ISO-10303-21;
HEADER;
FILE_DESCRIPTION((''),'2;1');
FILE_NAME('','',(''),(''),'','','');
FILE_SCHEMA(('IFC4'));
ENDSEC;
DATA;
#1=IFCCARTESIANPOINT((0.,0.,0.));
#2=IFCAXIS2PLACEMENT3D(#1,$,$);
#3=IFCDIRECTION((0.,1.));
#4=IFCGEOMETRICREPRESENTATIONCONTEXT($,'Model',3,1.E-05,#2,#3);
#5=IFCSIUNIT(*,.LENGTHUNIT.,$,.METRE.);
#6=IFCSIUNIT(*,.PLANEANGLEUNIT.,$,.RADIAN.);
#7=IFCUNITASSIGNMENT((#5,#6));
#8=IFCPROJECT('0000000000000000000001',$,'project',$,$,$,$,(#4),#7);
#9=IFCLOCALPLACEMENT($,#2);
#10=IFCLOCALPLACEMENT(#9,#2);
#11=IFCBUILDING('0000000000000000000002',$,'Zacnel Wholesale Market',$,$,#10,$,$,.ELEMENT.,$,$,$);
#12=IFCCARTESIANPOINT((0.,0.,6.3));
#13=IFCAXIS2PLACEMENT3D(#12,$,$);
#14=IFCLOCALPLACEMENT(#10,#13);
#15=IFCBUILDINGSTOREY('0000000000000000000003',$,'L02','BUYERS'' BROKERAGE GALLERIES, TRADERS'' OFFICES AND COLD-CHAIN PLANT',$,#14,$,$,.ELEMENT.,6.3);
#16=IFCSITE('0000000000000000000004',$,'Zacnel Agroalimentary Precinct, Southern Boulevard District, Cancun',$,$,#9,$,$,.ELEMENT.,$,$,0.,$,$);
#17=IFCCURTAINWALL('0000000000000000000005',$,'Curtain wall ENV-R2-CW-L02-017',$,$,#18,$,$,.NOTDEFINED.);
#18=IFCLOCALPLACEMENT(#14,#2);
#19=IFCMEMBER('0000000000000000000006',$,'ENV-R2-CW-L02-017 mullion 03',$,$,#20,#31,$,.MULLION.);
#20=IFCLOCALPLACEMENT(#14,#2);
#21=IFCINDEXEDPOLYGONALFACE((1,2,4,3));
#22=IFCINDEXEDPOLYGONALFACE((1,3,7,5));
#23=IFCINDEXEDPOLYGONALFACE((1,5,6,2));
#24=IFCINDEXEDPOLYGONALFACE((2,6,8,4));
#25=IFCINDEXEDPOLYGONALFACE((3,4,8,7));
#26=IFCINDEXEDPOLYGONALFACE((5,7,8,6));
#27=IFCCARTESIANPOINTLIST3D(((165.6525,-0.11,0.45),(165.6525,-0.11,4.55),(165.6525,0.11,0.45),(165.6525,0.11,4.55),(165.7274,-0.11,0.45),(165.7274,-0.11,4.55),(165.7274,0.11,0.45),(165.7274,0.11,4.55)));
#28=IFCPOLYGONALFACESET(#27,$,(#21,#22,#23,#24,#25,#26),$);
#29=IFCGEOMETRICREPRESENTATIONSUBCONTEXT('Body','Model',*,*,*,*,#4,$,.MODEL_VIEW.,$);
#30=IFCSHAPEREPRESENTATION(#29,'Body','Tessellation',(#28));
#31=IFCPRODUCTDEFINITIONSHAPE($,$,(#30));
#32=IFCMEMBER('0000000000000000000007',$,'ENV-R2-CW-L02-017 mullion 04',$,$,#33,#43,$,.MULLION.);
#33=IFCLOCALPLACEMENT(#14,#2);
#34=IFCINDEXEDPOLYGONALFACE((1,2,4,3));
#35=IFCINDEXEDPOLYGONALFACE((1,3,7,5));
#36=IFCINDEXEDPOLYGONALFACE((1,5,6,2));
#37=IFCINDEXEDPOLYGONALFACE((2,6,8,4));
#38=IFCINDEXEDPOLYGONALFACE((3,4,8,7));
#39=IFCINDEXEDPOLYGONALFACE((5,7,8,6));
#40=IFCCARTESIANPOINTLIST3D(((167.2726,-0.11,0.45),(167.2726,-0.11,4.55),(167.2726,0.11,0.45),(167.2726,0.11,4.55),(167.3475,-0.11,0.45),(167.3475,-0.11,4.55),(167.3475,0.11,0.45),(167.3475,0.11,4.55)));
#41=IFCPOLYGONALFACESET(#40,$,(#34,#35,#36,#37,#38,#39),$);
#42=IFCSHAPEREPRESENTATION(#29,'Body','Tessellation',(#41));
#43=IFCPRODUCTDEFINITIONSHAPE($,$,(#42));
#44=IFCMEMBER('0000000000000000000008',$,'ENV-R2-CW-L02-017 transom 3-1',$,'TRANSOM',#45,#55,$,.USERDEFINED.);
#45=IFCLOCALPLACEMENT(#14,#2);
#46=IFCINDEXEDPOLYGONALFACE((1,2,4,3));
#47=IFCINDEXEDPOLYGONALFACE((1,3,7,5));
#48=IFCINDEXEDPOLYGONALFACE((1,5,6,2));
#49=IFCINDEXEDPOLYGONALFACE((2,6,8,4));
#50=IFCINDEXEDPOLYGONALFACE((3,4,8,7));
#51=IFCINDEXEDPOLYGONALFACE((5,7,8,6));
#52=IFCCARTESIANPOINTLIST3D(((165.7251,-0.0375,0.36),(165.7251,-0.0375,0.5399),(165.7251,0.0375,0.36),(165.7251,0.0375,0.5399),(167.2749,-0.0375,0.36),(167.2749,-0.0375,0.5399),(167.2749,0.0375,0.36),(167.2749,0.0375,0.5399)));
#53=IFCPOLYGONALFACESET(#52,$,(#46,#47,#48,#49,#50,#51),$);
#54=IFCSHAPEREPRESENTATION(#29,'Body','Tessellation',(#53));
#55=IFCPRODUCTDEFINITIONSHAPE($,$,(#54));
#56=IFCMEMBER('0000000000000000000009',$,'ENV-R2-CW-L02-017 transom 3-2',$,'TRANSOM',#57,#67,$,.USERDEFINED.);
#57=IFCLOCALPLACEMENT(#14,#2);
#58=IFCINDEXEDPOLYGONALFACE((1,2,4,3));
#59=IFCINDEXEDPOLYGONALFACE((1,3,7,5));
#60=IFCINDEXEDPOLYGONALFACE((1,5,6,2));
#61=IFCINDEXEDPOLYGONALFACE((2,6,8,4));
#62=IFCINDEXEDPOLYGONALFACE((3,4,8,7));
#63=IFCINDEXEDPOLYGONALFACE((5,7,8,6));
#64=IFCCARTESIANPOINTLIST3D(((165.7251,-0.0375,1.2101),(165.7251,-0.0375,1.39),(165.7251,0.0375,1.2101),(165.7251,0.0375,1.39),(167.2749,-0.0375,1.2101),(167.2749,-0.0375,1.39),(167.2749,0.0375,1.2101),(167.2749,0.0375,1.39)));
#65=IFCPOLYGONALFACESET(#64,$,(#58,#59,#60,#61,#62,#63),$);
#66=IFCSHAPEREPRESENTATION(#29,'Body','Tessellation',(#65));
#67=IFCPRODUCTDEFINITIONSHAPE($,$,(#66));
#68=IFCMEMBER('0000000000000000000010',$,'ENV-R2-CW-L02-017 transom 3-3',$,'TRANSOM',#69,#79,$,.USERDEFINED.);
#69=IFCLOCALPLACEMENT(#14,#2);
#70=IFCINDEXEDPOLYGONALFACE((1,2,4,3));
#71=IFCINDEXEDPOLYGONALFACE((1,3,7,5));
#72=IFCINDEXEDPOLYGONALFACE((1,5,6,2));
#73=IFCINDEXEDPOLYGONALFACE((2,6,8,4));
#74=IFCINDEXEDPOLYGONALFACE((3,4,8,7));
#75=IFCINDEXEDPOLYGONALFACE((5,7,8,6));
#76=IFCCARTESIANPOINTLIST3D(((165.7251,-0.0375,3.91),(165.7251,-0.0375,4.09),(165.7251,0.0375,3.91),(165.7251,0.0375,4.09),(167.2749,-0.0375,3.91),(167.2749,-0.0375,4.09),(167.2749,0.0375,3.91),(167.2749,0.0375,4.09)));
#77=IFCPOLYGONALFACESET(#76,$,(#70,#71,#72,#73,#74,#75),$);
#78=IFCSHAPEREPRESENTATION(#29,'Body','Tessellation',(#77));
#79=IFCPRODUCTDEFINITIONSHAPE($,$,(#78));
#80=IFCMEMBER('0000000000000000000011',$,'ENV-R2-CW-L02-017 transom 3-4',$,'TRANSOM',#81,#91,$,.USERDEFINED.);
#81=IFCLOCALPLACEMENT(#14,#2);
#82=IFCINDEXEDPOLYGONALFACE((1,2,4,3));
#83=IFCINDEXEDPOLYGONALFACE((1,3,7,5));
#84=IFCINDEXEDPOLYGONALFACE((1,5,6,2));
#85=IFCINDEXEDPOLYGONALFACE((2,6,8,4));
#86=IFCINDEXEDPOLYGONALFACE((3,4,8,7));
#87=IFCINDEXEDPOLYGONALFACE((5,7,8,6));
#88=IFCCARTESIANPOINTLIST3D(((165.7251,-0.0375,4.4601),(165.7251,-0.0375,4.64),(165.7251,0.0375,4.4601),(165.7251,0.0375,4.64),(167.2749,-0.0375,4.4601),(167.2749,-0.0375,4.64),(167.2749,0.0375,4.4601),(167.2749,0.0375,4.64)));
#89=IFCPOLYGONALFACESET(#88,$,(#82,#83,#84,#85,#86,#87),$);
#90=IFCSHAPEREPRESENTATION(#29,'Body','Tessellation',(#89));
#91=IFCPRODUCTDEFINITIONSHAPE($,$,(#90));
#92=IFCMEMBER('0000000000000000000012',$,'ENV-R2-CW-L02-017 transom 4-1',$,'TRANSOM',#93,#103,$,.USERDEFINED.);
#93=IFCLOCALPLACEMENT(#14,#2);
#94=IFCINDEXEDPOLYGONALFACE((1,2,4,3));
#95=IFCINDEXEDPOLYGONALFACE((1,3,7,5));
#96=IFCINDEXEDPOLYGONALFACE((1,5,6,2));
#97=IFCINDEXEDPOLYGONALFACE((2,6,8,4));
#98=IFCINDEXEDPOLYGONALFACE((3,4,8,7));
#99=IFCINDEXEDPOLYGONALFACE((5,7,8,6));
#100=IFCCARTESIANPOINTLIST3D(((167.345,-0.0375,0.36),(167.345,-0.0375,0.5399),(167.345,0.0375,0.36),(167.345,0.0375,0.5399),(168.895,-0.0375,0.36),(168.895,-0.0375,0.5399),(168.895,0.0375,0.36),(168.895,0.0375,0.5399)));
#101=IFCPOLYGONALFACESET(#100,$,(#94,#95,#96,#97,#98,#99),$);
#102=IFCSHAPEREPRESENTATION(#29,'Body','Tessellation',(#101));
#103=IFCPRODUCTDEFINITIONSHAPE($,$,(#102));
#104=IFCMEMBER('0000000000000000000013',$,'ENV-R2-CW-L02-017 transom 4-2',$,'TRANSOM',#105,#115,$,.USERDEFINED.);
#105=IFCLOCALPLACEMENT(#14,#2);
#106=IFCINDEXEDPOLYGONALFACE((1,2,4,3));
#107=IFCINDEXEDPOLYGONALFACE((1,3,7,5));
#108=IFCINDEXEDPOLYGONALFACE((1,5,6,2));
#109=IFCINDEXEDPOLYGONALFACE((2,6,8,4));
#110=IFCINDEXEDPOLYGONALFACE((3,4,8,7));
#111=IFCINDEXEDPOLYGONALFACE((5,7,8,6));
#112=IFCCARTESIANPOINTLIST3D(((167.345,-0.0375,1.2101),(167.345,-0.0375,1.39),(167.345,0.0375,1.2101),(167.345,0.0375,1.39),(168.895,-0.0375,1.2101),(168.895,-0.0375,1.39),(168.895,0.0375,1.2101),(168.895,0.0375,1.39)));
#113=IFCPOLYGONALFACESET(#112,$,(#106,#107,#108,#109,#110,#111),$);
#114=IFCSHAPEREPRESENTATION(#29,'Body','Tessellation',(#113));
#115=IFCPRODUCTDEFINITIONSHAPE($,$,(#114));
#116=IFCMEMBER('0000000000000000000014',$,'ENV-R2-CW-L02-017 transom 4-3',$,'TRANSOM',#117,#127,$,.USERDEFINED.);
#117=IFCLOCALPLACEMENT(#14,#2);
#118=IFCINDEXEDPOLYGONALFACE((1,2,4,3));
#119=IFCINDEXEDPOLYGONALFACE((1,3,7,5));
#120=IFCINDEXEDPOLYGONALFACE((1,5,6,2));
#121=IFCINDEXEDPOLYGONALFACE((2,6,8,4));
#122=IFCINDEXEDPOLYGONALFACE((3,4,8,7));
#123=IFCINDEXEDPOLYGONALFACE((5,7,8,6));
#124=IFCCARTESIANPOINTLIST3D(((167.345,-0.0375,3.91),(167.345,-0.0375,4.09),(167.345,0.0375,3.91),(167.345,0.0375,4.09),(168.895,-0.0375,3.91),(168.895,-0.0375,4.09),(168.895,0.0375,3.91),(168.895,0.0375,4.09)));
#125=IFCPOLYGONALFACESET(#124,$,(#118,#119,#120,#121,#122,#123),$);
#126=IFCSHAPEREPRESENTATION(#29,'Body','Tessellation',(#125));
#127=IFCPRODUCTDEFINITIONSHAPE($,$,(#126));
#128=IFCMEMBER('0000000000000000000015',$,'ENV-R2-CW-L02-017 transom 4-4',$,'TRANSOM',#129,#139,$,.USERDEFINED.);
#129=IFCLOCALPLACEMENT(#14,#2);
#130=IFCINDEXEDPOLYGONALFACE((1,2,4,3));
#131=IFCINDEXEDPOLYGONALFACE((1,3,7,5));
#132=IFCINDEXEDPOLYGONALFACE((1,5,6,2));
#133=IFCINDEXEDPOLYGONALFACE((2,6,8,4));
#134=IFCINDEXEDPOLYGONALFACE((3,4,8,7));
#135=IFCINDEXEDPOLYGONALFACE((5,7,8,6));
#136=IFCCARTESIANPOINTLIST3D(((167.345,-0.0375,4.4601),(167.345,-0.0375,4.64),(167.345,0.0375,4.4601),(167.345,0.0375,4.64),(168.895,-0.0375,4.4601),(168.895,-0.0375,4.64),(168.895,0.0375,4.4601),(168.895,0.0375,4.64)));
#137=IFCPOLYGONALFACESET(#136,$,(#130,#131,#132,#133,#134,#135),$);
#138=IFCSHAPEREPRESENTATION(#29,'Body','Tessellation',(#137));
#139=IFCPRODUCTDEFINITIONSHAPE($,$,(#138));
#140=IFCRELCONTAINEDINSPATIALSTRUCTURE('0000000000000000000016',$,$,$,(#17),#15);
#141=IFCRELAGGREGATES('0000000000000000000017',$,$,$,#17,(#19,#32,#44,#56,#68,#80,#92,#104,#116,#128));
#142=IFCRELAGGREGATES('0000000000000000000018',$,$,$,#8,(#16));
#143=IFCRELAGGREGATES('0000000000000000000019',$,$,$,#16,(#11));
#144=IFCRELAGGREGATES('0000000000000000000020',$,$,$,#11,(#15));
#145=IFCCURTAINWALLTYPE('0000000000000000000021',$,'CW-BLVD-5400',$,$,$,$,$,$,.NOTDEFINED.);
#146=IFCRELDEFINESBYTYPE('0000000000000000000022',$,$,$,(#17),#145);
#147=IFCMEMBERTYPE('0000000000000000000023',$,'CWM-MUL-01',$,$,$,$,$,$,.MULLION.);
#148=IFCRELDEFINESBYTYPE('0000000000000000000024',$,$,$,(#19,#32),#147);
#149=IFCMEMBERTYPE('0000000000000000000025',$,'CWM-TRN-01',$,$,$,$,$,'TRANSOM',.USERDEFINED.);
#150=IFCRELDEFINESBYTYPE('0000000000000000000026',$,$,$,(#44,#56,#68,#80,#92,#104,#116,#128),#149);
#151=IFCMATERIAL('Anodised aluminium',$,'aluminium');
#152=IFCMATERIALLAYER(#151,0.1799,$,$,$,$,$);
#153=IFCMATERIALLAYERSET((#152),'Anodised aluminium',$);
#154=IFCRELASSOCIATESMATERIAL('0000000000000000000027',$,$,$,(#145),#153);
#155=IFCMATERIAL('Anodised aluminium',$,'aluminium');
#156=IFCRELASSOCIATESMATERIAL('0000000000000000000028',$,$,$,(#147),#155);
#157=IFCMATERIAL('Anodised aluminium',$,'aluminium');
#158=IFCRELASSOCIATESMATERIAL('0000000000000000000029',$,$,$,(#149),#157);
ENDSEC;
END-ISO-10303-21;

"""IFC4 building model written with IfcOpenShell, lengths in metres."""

from ifc_helpers import new_model, si_unit, direction, frame, origin, origin_2d, place, context, subcontext, project, spatial, rectangle, extrude, material, layer, layer_set, material_profile, profile_set, type_object, element, aggregate, save


model = new_model("IFC4")

# Units and contexts
model_context = context("Model", 3, precision=1e-05, world=origin(), true_north=direction((0.0, 1.0)))
body_context = subcontext(model_context, "Body", "Model", "MODEL_VIEW")
ifc_project = project(units=[si_unit("LENGTHUNIT", "METRE"), si_unit("PLANEANGLEUNIT", "RADIAN")], contexts=[model_context])

# Site, building, storey
site_placement = place(None, origin())
site = spatial("IfcSite", under=ifc_project, at=site_placement, Name="Zacnel Agroalimentary Precinct, Southern Boulevard District, Cancun", CompositionType="ELEMENT", RefElevation=0.0)
building_placement = place(site_placement, origin())
building = spatial("IfcBuilding", under=site, at=building_placement, Name="Zacnel Wholesale Market", CompositionType="ELEMENT")
storey_placement = place(building_placement, frame((0.0, 0.0, 6.3)))
storey = spatial("IfcBuildingStorey", under=building, at=storey_placement, Name="L02", Description="BUYERS' BROKERAGE GALLERIES, TRADERS' OFFICES AND COLD-CHAIN PLANT", CompositionType="ELEMENT", Elevation=6.3)

# Curtain wall, members
ifc_material_1 = material(Name="Anodised aluminium", Category="aluminium")
ifc_layer_1 = layer(ifc_material_1, 0.1799)
ifc_layer_set_1 = layer_set([ifc_layer_1], Name="Anodised aluminium")
curtain_wall_type = type_object("IfcCurtainWallType", Name="CW-BLVD-5400", PredefinedType="NOTDEFINED", material=ifc_layer_set_1)
curtain_wall_placement = place(storey_placement, origin())
curtain_wall = element("IfcCurtainWall", 1, at=curtain_wall_placement, inside=storey, type_object=curtain_wall_type, Name="Curtain wall ENV-R2-CW-L02-017", PredefinedType="NOTDEFINED")
ifc_material_2 = material(Name="Anodised aluminium", Category="aluminium")
ifc_material_profile_1 = material_profile(ifc_material_2, rectangle(XDim=0.075, YDim=0.22, at=origin_2d()), Name="AW-MULLION 75x220")
ifc_profile_set_1 = profile_set([ifc_material_profile_1], Name="Anodised aluminium")
member_type_1 = type_object("IfcMemberType", Name="CWM-MUL-01", PredefinedType="MULLION", material=ifc_profile_set_1)
member_1_placement = place(storey_placement, frame((165.6899, 0.0, 0.45), z_axis=(0.0, 0.0, 1.0), x_axis=(1.0, 0.0, 0.0)))
member_1 = element("IfcMember", 2, at=member_1_placement, type_object=member_type_1, Name="ENV-R2-CW-L02-017 mullion 03", PredefinedType="MULLION", context=body_context, shape_type="SweptSolid", body=[
    extrude(rectangle(XDim=0.075, YDim=0.22, at=origin_2d()), origin(), (0.0, 0.0, 1.0), 4.1001),
])
member_2_placement = place(storey_placement, frame((167.3101, 0.0, 0.45), z_axis=(0.0, 0.0, 1.0), x_axis=(1.0, 0.0, 0.0)))
member_2 = element("IfcMember", 3, at=member_2_placement, type_object=member_type_1, Name="ENV-R2-CW-L02-017 mullion 04", PredefinedType="MULLION", context=body_context, shape_type="SweptSolid", body=[
    extrude(rectangle(XDim=0.075, YDim=0.22, at=origin_2d()), origin(), (0.0, 0.0, 1.0), 4.1001),
])
ifc_material_3 = material(Name="Anodised aluminium", Category="aluminium")
ifc_material_profile_2 = material_profile(ifc_material_3, rectangle(XDim=0.075, YDim=0.1799, at=origin_2d()), Name="AW-TRANSOM 75x180")
ifc_profile_set_2 = profile_set([ifc_material_profile_2], Name="Anodised aluminium")
member_type_2 = type_object("IfcMemberType", Name="CWM-TRN-01", ElementType="TRANSOM", PredefinedType="USERDEFINED", material=ifc_profile_set_2)
member_3_placement = place(storey_placement, frame((165.7251, 0.0, 0.45), z_axis=(1.0, 0.0, 0.0), x_axis=(0.0, 1.0, 0.0)))
member_3 = element("IfcMember", 4, at=member_3_placement, type_object=member_type_2, Name="ENV-R2-CW-L02-017 transom 3-1", ObjectType="TRANSOM", PredefinedType="USERDEFINED", context=body_context, shape_type="SweptSolid", body=[
    extrude(rectangle(XDim=0.075, YDim=0.1799, at=origin_2d()), origin(), (0.0, 0.0, 1.0), 1.5498),
])
member_4_placement = place(storey_placement, frame((165.7251, 0.0, 1.3), z_axis=(1.0, 0.0, 0.0), x_axis=(0.0, 1.0, 0.0)))
member_4 = element("IfcMember", 5, at=member_4_placement, type_object=member_type_2, Name="ENV-R2-CW-L02-017 transom 3-2", ObjectType="TRANSOM", PredefinedType="USERDEFINED", context=body_context, shape_type="SweptSolid", body=[
    extrude(rectangle(XDim=0.075, YDim=0.1799, at=origin_2d()), origin(), (0.0, 0.0, 1.0), 1.5498),
])
member_5_placement = place(storey_placement, frame((165.7251, 0.0, 4.0), z_axis=(1.0, 0.0, 0.0), x_axis=(0.0, 1.0, 0.0)))
member_5 = element("IfcMember", 6, at=member_5_placement, type_object=member_type_2, Name="ENV-R2-CW-L02-017 transom 3-3", ObjectType="TRANSOM", PredefinedType="USERDEFINED", context=body_context, shape_type="SweptSolid", body=[
    extrude(rectangle(XDim=0.075, YDim=0.1799, at=origin_2d()), origin(), (0.0, 0.0, 1.0), 1.5498),
])
member_6_placement = place(storey_placement, frame((165.7251, 0.0, 4.55), z_axis=(1.0, 0.0, 0.0), x_axis=(0.0, 1.0, 0.0)))
member_6 = element("IfcMember", 7, at=member_6_placement, type_object=member_type_2, Name="ENV-R2-CW-L02-017 transom 3-4", ObjectType="TRANSOM", PredefinedType="USERDEFINED", context=body_context, shape_type="SweptSolid", body=[
    extrude(rectangle(XDim=0.075, YDim=0.1799, at=origin_2d()), origin(), (0.0, 0.0, 1.0), 1.5498),
])
member_7_placement = place(storey_placement, frame((167.345, 0.0, 0.45), z_axis=(1.0, 0.0, 0.0), x_axis=(0.0, 1.0, 0.0)))
member_7 = element("IfcMember", 8, at=member_7_placement, type_object=member_type_2, Name="ENV-R2-CW-L02-017 transom 4-1", ObjectType="TRANSOM", PredefinedType="USERDEFINED", context=body_context, shape_type="SweptSolid", body=[
    extrude(rectangle(XDim=0.075, YDim=0.1799, at=origin_2d()), origin(), (0.0, 0.0, 1.0), 1.55),
])
member_8_placement = place(storey_placement, frame((167.345, 0.0, 1.3), z_axis=(1.0, 0.0, 0.0), x_axis=(0.0, 1.0, 0.0)))
member_8 = element("IfcMember", 9, at=member_8_placement, type_object=member_type_2, Name="ENV-R2-CW-L02-017 transom 4-2", ObjectType="TRANSOM", PredefinedType="USERDEFINED", context=body_context, shape_type="SweptSolid", body=[
    extrude(rectangle(XDim=0.075, YDim=0.1799, at=origin_2d()), origin(), (0.0, 0.0, 1.0), 1.55),
])
member_9_placement = place(storey_placement, frame((167.345, 0.0, 4.0), z_axis=(1.0, 0.0, 0.0), x_axis=(0.0, 1.0, 0.0)))
member_9 = element("IfcMember", 10, at=member_9_placement, type_object=member_type_2, Name="ENV-R2-CW-L02-017 transom 4-3", ObjectType="TRANSOM", PredefinedType="USERDEFINED", context=body_context, shape_type="SweptSolid", body=[
    extrude(rectangle(XDim=0.075, YDim=0.1799, at=origin_2d()), origin(), (0.0, 0.0, 1.0), 1.55),
])
member_10_placement = place(storey_placement, frame((167.345, 0.0, 4.55), z_axis=(1.0, 0.0, 0.0), x_axis=(0.0, 1.0, 0.0)))
member_10 = element("IfcMember", 11, at=member_10_placement, type_object=member_type_2, Name="ENV-R2-CW-L02-017 transom 4-4", ObjectType="TRANSOM", PredefinedType="USERDEFINED", context=body_context, shape_type="SweptSolid", body=[
    extrude(rectangle(XDim=0.075, YDim=0.1799, at=origin_2d()), origin(), (0.0, 0.0, 1.0), 1.55),
])

aggregate(curtain_wall, [member_1, member_2, member_3, member_4, member_5, member_6, member_7, member_8, member_9, member_10])

save(model, "model.ifc")
